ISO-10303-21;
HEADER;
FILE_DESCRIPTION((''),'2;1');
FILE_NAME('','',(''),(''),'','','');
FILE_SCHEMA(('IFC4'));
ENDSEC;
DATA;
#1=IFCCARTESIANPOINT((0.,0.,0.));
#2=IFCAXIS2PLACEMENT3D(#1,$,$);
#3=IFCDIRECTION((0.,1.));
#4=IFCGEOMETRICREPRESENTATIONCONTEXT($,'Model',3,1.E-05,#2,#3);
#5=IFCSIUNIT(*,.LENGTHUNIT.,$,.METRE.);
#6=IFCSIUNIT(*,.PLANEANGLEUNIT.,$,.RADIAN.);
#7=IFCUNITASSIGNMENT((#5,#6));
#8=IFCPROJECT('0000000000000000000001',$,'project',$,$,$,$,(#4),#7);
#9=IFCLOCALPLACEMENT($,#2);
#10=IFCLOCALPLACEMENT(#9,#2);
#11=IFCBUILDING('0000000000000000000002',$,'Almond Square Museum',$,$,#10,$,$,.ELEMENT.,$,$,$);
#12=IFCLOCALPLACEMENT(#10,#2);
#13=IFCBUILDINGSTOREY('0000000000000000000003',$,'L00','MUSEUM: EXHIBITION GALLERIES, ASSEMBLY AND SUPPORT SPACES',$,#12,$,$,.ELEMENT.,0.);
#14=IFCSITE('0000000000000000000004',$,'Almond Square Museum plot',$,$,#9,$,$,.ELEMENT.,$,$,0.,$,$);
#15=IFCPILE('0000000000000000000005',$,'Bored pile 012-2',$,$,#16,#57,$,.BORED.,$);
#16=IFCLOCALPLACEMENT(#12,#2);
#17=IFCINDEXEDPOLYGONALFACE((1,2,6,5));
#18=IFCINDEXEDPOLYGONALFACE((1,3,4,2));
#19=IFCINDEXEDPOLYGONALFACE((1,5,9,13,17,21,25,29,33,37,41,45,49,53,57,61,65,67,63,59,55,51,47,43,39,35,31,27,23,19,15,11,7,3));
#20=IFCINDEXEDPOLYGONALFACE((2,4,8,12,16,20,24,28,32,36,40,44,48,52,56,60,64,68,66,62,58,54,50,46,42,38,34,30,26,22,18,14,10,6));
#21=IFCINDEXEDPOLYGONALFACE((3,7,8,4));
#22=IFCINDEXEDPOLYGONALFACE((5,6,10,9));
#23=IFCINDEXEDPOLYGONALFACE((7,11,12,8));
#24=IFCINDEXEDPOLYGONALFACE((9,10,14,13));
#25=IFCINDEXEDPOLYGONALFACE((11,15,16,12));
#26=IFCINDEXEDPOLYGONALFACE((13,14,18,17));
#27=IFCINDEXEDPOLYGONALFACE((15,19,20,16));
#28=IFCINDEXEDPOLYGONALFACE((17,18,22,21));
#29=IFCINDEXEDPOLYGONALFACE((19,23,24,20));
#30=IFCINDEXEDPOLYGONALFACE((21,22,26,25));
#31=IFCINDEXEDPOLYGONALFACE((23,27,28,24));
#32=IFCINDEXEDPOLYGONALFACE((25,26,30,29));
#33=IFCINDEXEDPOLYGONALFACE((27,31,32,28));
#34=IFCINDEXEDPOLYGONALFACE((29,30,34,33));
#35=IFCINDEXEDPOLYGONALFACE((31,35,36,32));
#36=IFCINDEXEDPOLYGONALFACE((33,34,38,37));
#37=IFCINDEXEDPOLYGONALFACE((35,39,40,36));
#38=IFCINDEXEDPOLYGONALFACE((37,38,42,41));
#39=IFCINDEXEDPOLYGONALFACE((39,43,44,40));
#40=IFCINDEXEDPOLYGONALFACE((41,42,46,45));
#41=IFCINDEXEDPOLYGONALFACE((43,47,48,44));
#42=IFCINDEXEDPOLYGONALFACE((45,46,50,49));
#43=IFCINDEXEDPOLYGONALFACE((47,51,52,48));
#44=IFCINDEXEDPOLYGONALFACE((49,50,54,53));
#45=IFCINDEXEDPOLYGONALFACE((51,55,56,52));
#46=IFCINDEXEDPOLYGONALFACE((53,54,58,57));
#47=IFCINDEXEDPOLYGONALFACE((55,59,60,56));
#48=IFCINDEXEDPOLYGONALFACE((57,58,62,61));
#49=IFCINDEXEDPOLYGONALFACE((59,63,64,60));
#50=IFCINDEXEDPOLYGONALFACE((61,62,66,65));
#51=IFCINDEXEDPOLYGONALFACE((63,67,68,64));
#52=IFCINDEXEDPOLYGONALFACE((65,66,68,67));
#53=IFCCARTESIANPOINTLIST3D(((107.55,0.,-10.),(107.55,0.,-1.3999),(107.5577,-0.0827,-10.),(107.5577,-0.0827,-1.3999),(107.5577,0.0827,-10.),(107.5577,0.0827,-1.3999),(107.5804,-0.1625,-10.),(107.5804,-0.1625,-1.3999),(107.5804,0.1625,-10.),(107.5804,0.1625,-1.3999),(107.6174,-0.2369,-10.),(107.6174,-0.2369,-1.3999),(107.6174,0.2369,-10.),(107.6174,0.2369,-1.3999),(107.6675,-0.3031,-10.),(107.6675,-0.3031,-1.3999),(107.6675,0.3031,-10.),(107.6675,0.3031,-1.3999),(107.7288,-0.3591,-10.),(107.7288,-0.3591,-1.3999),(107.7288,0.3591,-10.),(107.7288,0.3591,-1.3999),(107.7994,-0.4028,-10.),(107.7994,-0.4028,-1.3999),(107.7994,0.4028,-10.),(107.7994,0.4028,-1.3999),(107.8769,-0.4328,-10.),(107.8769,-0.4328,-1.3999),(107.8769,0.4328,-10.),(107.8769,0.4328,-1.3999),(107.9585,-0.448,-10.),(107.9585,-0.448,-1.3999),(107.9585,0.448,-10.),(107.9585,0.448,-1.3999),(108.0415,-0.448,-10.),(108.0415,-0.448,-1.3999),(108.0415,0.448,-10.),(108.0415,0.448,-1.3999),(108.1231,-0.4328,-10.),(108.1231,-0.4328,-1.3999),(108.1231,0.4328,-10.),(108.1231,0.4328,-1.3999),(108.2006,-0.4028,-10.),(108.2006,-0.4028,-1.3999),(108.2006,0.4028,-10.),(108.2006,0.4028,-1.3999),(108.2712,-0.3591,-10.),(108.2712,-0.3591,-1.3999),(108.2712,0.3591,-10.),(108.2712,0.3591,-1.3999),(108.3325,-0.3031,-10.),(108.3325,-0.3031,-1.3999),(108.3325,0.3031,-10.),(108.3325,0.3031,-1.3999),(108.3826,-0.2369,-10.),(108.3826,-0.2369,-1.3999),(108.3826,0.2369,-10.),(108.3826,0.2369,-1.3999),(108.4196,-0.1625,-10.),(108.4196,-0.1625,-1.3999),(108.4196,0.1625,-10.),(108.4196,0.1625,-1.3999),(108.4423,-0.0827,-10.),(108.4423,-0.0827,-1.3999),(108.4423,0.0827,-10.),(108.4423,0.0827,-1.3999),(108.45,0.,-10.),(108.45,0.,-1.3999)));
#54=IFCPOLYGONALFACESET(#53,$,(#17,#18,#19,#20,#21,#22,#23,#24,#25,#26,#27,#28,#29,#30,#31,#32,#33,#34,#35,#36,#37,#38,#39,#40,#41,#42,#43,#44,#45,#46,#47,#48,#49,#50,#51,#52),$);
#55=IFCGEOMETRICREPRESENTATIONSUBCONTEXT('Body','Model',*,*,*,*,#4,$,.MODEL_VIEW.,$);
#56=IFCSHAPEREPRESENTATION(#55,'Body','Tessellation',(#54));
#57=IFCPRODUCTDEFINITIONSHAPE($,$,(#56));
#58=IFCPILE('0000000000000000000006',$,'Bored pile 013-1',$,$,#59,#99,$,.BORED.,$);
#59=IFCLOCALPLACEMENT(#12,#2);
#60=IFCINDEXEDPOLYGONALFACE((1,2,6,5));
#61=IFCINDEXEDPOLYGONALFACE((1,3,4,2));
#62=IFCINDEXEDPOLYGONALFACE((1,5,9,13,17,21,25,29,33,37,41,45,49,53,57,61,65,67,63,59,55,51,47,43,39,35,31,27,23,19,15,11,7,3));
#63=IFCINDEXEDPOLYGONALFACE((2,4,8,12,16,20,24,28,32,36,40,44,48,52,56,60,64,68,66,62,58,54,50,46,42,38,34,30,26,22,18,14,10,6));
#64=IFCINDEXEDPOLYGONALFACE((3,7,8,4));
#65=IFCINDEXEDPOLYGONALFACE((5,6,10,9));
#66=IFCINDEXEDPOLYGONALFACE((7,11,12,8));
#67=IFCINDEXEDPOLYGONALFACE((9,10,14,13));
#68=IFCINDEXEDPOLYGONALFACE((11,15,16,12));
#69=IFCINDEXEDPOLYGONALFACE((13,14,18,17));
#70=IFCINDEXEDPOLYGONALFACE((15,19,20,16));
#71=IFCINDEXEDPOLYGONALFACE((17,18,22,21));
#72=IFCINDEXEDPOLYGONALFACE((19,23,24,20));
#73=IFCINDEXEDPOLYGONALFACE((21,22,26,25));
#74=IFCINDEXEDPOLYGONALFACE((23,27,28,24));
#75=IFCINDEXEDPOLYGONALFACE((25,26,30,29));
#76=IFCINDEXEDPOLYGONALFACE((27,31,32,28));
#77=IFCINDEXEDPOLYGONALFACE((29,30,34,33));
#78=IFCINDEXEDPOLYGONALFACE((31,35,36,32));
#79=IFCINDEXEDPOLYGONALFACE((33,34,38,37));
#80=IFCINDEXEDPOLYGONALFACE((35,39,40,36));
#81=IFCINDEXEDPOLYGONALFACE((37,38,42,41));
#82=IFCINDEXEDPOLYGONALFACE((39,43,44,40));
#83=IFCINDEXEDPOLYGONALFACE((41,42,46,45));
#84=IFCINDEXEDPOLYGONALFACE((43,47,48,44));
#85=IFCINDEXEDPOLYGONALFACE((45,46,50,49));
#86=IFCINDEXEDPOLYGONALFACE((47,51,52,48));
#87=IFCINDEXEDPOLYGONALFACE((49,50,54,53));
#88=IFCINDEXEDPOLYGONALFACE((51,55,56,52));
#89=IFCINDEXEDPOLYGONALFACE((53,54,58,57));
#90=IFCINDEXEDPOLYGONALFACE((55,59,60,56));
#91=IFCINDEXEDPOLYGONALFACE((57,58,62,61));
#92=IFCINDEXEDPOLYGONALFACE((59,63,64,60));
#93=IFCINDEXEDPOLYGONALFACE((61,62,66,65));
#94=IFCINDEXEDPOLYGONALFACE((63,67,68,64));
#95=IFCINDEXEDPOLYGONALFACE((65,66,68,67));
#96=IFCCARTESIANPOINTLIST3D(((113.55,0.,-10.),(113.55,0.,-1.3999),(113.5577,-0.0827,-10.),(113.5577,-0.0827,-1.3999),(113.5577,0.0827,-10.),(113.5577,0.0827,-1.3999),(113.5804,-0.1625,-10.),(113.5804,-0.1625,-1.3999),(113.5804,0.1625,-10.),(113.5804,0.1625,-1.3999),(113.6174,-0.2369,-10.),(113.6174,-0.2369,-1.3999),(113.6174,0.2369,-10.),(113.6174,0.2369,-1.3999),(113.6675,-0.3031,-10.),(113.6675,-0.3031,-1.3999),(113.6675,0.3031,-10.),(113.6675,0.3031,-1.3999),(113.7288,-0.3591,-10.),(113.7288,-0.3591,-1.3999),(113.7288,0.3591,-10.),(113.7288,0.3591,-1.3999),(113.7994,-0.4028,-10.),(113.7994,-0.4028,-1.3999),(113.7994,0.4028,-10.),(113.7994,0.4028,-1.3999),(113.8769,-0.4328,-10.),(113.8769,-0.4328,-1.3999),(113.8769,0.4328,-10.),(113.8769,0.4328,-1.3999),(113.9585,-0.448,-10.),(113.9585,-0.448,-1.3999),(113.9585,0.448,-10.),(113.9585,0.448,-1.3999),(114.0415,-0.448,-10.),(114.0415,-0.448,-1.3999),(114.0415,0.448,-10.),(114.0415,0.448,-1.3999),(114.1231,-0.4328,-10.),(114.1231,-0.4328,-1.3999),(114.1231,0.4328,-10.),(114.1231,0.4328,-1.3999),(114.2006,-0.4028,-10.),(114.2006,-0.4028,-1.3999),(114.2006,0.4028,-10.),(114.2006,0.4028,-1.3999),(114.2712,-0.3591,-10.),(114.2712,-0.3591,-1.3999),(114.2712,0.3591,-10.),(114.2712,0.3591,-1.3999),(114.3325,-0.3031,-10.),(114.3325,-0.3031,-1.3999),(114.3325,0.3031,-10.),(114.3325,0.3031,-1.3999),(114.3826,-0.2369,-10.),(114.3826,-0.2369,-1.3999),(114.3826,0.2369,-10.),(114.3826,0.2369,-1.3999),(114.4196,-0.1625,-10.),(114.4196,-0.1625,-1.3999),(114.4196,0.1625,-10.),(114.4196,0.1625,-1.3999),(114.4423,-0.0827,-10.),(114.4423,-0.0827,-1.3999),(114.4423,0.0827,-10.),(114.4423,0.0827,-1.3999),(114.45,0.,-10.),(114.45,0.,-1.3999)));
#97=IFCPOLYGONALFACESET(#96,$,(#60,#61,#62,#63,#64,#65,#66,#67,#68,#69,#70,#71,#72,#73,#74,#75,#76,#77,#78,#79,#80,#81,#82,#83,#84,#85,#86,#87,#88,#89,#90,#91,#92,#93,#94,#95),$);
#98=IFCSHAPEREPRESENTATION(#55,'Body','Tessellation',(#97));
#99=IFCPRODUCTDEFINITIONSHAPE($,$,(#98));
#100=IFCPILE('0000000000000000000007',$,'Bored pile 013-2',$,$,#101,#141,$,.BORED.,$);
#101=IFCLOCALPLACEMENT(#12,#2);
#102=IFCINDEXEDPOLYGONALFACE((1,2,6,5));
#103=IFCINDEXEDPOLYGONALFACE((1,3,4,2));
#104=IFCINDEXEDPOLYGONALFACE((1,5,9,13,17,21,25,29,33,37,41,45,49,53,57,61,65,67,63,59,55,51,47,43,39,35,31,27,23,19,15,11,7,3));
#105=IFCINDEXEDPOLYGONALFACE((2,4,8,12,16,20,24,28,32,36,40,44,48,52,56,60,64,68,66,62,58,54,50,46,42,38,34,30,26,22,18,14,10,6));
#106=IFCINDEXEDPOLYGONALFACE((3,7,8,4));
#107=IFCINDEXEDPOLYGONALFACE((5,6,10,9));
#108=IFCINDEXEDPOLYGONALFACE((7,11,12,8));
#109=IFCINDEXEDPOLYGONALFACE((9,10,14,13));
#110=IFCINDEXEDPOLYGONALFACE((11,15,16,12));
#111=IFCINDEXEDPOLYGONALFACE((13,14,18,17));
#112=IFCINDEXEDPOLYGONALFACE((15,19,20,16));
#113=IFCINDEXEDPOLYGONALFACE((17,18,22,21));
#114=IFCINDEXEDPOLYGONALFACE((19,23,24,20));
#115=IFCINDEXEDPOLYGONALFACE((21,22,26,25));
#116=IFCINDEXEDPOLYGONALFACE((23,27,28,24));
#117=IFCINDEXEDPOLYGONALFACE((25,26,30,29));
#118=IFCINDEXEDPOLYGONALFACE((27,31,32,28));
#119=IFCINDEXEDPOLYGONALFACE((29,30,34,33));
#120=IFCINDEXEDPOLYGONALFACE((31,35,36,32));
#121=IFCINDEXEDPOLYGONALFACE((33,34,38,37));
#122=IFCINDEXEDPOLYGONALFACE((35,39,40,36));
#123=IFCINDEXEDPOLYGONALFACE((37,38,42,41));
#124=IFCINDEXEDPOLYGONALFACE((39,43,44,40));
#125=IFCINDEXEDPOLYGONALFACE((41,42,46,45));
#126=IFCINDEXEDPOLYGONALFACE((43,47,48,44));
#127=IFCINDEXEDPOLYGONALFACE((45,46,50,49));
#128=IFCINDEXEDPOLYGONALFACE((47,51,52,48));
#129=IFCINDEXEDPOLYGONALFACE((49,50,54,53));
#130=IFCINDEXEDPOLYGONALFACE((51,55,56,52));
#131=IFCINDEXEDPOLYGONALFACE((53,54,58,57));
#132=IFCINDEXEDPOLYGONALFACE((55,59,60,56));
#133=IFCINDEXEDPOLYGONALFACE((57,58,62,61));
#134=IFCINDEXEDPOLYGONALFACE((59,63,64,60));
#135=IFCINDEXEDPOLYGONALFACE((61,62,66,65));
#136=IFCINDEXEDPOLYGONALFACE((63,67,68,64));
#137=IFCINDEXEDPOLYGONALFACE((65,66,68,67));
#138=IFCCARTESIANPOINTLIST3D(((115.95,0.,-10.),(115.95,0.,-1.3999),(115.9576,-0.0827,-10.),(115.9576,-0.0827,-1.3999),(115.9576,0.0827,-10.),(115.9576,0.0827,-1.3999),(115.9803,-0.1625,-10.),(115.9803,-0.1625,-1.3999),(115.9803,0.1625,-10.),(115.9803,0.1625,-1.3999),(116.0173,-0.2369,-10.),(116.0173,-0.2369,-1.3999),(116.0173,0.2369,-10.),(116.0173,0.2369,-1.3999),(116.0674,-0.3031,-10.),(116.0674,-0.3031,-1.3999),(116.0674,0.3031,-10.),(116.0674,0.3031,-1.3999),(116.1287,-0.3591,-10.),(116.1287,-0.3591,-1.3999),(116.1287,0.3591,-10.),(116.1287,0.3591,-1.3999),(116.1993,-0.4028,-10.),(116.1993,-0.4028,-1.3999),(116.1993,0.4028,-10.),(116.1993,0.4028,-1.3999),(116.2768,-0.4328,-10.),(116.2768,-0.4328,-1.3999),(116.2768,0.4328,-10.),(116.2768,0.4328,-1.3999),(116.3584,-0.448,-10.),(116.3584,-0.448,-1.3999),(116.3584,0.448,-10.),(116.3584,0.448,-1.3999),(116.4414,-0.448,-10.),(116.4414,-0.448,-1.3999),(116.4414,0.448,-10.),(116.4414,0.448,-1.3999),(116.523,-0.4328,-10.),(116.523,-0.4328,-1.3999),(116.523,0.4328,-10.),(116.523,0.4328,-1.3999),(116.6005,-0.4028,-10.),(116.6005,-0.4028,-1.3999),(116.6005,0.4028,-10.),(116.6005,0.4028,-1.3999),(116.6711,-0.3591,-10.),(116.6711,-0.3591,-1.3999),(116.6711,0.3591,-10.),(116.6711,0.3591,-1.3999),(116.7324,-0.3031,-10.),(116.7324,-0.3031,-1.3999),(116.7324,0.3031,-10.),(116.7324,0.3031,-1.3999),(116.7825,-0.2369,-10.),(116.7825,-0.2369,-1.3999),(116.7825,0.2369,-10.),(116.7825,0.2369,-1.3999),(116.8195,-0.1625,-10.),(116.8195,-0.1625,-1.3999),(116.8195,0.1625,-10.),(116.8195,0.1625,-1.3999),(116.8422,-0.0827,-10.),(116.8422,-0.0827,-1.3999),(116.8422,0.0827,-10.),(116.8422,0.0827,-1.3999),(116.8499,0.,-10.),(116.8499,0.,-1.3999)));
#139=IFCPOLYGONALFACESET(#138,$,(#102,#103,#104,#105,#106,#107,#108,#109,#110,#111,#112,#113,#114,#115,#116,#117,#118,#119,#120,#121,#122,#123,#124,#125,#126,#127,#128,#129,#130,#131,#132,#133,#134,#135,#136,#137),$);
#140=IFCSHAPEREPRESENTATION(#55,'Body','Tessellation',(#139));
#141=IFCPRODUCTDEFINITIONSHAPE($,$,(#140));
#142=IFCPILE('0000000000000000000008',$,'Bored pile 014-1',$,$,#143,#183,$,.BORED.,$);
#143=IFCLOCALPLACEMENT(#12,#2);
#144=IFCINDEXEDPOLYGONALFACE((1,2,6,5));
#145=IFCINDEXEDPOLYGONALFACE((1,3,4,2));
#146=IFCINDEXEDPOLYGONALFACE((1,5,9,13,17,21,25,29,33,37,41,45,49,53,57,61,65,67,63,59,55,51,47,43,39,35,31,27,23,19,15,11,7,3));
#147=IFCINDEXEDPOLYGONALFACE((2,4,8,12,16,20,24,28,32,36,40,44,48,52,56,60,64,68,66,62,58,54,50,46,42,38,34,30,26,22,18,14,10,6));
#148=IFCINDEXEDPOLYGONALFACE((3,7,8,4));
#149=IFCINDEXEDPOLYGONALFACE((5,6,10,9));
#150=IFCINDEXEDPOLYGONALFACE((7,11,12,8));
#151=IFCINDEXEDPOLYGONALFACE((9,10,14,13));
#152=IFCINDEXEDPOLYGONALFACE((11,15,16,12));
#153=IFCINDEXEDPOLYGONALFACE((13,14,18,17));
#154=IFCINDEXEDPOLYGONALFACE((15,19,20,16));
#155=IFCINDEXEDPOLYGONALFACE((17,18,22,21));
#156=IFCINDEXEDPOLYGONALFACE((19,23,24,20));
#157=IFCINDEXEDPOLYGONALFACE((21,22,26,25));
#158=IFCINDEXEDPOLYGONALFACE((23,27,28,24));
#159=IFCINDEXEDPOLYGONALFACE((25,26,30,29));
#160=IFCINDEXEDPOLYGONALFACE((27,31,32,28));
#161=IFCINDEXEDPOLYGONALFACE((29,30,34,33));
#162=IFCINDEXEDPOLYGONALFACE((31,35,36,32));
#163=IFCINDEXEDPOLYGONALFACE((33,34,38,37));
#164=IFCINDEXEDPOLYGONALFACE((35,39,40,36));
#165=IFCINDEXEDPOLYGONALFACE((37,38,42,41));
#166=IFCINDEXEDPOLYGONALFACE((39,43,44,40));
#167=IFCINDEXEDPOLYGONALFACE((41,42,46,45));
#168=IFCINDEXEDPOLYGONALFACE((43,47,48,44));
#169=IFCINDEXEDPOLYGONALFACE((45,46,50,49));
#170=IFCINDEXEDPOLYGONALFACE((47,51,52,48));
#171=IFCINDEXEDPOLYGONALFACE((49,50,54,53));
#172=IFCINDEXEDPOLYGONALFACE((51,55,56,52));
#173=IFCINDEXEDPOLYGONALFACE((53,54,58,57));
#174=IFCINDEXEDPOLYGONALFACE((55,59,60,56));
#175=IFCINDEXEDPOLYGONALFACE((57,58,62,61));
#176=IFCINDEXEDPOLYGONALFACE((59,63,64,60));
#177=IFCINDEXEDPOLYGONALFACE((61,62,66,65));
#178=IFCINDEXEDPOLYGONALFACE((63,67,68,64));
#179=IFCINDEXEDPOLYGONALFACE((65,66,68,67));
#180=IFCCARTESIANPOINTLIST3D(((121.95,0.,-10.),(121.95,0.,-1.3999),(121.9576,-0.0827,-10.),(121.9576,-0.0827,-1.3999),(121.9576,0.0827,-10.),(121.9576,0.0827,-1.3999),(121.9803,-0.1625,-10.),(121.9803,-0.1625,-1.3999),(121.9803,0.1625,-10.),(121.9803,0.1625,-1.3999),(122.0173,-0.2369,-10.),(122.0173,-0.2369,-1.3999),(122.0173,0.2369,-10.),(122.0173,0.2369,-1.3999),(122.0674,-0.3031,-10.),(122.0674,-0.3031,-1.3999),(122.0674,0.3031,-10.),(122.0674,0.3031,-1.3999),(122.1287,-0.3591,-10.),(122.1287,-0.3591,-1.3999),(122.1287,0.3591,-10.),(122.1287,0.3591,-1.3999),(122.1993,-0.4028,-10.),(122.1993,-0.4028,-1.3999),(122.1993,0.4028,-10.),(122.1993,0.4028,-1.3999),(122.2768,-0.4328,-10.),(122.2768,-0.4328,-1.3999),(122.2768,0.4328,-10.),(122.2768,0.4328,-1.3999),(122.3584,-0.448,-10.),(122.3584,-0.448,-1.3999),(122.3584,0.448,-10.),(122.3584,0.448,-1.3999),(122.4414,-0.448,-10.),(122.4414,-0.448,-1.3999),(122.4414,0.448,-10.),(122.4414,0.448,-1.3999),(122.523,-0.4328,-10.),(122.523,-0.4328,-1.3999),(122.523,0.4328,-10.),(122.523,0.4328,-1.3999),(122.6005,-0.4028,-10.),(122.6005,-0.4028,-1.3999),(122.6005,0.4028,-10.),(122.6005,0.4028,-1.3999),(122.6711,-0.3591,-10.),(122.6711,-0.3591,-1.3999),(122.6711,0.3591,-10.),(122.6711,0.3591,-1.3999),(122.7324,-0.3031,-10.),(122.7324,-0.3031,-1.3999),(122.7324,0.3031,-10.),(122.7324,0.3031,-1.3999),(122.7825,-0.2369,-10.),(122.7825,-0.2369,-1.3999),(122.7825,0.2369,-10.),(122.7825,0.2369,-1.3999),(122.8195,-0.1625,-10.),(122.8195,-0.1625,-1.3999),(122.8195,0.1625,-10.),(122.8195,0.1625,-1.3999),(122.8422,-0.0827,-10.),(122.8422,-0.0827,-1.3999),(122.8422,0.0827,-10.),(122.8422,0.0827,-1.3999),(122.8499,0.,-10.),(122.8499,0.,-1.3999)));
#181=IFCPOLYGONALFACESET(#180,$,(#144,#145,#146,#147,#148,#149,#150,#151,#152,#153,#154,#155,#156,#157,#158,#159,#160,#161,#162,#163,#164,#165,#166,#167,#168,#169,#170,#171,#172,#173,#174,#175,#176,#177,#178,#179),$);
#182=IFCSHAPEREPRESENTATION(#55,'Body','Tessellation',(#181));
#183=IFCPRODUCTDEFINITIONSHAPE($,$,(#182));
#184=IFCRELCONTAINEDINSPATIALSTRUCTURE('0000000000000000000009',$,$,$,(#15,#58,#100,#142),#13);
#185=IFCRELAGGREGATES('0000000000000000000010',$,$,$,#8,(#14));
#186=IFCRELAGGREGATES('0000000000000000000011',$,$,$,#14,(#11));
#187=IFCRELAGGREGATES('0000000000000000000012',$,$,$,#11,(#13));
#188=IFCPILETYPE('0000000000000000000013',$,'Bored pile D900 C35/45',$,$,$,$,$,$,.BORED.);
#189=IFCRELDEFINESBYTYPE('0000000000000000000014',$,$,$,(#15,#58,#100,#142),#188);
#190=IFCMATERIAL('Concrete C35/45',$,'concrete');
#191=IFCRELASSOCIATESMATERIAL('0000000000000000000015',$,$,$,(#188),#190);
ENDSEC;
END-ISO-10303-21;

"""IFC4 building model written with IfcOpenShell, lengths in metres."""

from ifc_helpers import new_model, si_unit, direction, frame, origin, origin_2d, place, context, subcontext, project, spatial, circle, extrude, material, material_profile, profile_set, type_object, element, save


model = new_model("IFC4")

# Units and contexts
model_context = context("Model", 3, precision=1e-05, world=origin(), true_north=direction((0.0, 1.0)))
body_context = subcontext(model_context, "Body", "Model", "MODEL_VIEW")
ifc_project = project(units=[si_unit("LENGTHUNIT", "METRE"), si_unit("PLANEANGLEUNIT", "RADIAN")], contexts=[model_context])

# Site, building, storey
site_placement = place(None, origin())
site = spatial("IfcSite", under=ifc_project, at=site_placement, Name="Almond Square Museum plot", CompositionType="ELEMENT", RefElevation=0.0)
building_placement = place(site_placement, origin())
building = spatial("IfcBuilding", under=site, at=building_placement, Name="Almond Square Museum", CompositionType="ELEMENT")
storey_placement = place(building_placement, origin())
storey = spatial("IfcBuildingStorey", under=building, at=storey_placement, Name="L00", Description="MUSEUM: EXHIBITION GALLERIES, ASSEMBLY AND SUPPORT SPACES", CompositionType="ELEMENT", Elevation=0.0)

# Piles
ifc_material_1 = material(Name="Concrete C35/45", Category="concrete")
ifc_material_profile_1 = material_profile(ifc_material_1, circle(Radius=0.45, at=origin_2d()))
ifc_profile_set_1 = profile_set([ifc_material_profile_1], Name="Concrete C35/45")
pile_type = type_object("IfcPileType", Name="Bored pile D900 C35/45", PredefinedType="BORED", material=ifc_profile_set_1)
for number, where, z_axis, x_axis, name in (
    (1, (108.0, 0.0, -1.3999), (0.0, 0.0, -1.0), (1.0, 0.0, 0.0), "Bored pile 012-2"),
    (2, (114.0, 0.0, -1.3999), (0.0, 0.0, -1.0), (1.0, 0.0, 0.0), "Bored pile 013-1"),
    (3, (116.3999, 0.0, -1.3999), (0.0, 0.0, -1.0), (1.0, 0.0, 0.0), "Bored pile 013-2"),
    (4, (122.3999, 0.0, -1.3999), (0.0, 0.0, -1.0), (1.0, 0.0, 0.0), "Bored pile 014-1"),
):
    element("IfcPile", number, at=place(storey_placement, frame(where, z_axis=z_axis, x_axis=x_axis)), inside=storey, type_object=pile_type, Name=name, PredefinedType="BORED", context=body_context, shape_type="SweptSolid", body=[
        extrude(circle(Radius=0.45, at=origin_2d()), origin(), (0.0, 0.0, 1.0), 8.6001),
    ])

save(model, "model.ifc")
